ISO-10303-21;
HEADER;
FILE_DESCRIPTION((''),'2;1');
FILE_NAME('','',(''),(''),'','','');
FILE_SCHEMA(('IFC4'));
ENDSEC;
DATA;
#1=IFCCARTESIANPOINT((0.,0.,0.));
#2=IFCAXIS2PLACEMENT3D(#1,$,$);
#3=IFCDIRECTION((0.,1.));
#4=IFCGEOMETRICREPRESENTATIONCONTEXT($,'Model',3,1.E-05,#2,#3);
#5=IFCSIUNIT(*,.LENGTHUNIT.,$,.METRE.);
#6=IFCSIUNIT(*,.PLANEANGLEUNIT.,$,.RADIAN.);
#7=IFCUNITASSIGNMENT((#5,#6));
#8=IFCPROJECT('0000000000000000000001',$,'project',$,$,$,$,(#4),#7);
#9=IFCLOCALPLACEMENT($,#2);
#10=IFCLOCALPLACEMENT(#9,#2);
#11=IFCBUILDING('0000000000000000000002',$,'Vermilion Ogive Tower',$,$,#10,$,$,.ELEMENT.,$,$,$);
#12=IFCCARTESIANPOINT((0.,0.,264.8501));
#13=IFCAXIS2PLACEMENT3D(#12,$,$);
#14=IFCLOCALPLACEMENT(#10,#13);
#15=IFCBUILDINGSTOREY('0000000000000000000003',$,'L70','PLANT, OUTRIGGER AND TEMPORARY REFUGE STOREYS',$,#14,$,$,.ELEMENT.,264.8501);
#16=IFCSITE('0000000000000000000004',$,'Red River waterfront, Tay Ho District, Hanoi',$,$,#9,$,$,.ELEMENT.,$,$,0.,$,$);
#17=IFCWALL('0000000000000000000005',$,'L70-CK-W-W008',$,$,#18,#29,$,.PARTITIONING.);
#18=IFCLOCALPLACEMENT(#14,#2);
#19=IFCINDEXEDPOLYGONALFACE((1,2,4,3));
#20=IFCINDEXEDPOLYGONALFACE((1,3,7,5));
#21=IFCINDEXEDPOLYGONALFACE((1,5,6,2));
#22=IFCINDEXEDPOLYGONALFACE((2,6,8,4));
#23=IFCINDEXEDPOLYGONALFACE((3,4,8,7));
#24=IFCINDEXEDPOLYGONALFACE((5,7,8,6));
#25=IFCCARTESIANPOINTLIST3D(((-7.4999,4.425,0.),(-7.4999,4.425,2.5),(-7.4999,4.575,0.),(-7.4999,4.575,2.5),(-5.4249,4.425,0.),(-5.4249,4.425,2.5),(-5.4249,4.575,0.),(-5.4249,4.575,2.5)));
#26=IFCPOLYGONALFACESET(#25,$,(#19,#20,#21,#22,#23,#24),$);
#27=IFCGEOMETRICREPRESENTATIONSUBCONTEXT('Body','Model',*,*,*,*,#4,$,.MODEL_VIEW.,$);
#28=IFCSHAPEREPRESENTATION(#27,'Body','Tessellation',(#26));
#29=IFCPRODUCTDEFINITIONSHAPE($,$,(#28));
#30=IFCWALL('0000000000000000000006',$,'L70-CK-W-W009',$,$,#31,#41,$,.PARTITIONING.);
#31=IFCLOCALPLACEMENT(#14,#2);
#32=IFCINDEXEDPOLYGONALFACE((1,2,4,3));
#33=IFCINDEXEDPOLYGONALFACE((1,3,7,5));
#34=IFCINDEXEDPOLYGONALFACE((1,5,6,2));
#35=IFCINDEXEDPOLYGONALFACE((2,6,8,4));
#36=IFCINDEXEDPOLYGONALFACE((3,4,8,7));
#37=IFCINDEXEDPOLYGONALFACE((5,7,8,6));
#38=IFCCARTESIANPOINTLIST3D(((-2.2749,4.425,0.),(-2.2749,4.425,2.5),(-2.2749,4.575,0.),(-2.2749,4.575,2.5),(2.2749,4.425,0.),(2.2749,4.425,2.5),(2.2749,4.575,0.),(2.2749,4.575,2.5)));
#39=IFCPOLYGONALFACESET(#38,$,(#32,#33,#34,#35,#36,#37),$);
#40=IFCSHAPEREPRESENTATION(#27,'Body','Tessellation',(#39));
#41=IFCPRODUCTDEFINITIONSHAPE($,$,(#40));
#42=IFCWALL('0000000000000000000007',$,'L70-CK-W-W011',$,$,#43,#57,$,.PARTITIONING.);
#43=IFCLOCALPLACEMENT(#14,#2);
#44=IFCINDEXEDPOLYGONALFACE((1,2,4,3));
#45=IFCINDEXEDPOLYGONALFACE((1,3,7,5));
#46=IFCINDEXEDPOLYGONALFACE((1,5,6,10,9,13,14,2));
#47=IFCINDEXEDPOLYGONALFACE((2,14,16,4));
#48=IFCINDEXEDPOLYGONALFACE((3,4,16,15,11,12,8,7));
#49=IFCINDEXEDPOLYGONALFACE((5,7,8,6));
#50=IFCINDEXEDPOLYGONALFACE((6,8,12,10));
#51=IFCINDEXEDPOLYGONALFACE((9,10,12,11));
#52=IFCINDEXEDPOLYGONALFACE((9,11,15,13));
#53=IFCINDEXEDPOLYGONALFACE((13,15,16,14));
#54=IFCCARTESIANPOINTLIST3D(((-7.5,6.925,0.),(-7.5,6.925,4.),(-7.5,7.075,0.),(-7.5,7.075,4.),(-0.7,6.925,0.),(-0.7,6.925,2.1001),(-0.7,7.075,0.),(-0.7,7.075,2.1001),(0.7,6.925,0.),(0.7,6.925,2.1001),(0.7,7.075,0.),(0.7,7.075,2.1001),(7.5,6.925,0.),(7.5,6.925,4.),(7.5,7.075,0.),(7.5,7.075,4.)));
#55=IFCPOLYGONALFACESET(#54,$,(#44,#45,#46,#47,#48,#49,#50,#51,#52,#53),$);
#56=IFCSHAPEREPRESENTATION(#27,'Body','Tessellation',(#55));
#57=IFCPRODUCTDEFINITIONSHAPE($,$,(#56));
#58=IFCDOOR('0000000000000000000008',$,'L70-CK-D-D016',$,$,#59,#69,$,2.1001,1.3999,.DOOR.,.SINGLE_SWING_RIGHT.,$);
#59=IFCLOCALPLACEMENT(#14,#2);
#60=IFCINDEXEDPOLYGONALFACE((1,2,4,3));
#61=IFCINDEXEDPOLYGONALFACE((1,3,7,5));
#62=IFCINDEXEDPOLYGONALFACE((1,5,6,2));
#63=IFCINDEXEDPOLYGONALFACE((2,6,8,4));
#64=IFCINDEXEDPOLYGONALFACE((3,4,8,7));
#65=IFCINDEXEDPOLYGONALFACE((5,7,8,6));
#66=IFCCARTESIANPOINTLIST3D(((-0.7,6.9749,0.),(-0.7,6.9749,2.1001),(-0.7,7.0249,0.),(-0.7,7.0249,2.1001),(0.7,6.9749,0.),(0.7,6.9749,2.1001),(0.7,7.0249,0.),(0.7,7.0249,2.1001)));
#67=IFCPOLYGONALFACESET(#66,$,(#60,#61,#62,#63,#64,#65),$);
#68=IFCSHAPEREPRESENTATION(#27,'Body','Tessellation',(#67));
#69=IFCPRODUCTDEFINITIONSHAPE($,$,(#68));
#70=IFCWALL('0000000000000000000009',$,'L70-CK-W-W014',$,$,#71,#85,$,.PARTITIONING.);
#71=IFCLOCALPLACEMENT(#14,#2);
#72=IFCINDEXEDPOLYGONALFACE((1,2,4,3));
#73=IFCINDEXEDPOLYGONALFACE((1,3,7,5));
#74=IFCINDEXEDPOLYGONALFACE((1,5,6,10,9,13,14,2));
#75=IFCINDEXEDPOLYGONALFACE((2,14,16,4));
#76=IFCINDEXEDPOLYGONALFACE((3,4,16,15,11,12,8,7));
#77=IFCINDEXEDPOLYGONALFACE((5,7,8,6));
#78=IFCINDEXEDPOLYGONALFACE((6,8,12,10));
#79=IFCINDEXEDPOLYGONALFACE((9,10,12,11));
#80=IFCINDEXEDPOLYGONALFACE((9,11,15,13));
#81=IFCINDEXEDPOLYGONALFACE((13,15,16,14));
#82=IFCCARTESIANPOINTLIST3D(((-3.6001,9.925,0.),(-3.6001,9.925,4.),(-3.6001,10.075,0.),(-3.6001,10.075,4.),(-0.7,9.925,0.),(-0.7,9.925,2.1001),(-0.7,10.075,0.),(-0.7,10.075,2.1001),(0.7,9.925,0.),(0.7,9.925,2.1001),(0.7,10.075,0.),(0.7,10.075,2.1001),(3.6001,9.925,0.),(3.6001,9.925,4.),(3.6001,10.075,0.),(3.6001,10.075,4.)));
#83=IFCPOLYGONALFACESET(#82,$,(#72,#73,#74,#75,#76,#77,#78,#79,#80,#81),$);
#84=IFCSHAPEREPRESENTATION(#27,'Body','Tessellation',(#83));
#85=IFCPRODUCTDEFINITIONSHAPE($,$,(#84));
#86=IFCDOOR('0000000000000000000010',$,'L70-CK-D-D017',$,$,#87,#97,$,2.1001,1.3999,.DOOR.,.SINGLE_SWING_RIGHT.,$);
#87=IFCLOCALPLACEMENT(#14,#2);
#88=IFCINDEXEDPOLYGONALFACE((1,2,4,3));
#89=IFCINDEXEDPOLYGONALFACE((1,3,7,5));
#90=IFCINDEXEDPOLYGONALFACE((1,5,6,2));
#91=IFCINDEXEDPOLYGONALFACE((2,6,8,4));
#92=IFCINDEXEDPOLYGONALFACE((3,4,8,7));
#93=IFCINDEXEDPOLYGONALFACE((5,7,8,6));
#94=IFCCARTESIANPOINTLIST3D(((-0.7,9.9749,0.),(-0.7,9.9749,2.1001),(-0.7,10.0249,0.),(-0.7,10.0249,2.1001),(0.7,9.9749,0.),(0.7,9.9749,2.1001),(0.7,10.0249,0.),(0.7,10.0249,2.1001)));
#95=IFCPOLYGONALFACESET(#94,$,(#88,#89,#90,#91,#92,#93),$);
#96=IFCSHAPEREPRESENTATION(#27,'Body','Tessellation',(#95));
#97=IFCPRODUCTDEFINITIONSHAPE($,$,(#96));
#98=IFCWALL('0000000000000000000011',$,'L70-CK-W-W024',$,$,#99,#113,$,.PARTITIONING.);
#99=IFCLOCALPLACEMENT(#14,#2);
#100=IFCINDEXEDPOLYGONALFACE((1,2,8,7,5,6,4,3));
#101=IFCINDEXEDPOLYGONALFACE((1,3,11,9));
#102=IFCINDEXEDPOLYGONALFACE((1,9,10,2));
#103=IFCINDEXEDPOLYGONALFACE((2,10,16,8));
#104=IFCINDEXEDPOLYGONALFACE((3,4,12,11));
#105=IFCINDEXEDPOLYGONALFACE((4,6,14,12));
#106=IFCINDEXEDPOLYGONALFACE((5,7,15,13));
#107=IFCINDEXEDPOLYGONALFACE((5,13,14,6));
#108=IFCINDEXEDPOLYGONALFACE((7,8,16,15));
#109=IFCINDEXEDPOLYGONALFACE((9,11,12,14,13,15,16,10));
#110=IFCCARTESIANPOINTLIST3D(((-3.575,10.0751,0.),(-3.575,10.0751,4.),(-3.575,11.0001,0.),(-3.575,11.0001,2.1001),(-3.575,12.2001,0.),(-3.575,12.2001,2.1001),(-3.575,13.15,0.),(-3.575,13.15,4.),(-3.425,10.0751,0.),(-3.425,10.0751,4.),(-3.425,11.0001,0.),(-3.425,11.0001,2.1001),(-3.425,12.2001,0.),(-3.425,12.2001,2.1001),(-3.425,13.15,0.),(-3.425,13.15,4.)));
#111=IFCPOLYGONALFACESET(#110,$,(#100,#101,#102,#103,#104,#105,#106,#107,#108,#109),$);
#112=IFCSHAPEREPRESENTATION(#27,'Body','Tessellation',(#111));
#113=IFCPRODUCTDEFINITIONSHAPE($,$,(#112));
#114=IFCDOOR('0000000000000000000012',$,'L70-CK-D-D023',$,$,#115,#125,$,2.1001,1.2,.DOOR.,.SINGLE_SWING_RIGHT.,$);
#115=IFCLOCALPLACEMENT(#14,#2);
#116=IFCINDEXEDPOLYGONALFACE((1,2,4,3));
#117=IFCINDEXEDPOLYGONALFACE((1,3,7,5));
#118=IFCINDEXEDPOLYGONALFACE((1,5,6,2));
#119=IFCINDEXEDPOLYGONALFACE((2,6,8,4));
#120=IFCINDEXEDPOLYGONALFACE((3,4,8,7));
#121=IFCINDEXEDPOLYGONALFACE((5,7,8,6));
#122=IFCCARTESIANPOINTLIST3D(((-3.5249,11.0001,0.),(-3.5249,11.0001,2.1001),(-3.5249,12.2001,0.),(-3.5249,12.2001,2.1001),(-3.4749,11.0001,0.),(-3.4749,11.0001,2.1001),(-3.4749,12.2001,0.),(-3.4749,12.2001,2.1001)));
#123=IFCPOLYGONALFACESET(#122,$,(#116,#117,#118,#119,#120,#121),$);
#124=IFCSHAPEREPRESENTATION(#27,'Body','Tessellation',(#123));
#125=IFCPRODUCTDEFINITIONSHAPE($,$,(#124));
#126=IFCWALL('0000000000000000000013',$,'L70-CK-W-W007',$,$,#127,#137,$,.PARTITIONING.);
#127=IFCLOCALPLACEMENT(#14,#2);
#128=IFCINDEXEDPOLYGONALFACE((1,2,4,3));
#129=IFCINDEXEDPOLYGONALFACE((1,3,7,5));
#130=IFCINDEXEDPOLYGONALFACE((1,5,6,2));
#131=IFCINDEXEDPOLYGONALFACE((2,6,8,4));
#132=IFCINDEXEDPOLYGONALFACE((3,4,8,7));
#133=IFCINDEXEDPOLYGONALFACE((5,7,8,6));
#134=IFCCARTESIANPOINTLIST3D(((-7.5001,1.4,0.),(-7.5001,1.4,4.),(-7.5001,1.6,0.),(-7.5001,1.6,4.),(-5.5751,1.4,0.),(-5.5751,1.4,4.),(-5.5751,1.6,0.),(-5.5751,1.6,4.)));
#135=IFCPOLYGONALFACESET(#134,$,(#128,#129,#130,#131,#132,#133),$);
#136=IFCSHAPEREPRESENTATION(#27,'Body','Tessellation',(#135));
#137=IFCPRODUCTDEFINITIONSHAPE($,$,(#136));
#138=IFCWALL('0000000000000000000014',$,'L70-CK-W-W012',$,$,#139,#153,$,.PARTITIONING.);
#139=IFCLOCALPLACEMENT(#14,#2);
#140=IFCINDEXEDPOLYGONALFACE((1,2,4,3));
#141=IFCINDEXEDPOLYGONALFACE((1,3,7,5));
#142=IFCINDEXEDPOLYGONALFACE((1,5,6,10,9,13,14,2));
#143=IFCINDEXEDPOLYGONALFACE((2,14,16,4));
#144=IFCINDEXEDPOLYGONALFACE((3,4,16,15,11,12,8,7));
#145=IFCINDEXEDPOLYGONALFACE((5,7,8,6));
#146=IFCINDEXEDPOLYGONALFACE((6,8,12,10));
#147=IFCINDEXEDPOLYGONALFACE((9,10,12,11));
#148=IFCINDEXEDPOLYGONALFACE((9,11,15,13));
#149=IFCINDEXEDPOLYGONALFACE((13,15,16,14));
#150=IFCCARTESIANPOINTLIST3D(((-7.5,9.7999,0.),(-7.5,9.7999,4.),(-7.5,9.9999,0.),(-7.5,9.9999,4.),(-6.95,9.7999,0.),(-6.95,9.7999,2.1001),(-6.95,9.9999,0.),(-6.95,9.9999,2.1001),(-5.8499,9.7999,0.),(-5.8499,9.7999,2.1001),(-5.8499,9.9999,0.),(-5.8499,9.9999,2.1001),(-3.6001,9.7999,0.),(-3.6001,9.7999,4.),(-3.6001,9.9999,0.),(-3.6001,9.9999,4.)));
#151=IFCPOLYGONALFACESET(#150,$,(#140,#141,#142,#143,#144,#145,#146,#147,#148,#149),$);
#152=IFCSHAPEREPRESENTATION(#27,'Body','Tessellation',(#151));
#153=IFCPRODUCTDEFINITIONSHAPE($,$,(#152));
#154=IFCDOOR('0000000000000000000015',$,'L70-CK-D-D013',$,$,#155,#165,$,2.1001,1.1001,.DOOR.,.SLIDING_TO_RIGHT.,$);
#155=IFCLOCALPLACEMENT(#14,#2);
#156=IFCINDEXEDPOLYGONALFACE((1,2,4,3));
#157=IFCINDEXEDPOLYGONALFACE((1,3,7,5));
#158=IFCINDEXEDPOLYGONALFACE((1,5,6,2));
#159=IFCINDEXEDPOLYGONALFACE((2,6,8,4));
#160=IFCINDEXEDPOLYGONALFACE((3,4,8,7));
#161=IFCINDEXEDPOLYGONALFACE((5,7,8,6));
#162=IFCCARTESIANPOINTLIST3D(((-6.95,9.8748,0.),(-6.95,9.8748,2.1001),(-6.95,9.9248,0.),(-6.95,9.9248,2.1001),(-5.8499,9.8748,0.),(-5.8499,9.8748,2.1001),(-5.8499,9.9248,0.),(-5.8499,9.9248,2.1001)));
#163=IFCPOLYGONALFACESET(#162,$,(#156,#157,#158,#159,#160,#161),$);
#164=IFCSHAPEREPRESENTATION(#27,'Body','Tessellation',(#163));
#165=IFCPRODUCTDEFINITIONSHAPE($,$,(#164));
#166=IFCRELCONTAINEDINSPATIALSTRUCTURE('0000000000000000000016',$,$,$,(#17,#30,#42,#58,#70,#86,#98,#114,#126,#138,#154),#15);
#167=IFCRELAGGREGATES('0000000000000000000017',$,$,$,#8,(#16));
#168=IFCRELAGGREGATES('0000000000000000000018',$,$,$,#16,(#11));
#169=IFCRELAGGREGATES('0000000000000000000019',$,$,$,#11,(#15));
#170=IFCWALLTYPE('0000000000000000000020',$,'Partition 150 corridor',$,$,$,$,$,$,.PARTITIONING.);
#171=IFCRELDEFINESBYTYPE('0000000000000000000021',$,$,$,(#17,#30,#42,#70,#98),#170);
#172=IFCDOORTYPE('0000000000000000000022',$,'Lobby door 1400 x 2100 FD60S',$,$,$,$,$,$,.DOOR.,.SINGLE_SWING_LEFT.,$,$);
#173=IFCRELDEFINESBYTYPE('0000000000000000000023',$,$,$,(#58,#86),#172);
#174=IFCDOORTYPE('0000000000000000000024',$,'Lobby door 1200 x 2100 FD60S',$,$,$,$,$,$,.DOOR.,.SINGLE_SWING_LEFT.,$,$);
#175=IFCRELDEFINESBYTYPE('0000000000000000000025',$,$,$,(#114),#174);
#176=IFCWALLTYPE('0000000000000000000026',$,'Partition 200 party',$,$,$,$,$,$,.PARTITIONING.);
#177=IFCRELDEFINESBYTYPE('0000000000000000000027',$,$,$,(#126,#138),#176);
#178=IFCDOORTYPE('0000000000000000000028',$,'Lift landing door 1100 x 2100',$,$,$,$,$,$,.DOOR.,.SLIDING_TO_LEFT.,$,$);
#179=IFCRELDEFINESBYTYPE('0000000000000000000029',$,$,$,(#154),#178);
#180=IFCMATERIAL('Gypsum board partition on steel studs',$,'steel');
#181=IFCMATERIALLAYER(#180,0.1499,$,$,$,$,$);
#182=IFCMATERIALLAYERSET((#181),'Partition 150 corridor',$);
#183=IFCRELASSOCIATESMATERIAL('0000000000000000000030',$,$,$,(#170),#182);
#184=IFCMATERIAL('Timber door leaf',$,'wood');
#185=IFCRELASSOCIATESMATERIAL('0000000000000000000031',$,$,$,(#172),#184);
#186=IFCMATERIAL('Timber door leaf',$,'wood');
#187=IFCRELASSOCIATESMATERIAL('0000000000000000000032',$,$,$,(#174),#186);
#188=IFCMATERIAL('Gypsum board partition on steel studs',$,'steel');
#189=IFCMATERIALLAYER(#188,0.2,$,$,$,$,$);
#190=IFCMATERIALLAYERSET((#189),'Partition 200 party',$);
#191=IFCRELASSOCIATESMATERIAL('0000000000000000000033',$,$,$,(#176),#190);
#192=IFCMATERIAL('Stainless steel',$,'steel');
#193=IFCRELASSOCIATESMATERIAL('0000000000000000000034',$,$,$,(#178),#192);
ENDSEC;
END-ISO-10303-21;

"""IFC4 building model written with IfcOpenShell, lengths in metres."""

from ifc_helpers import new_model, si_unit, direction, frame, frame_2d, origin, place, context, subcontext, project, spatial, rectangle, extrude, material, layer, layer_set, type_object, element, fill, save


model = new_model("IFC4")

# Units and contexts
model_context = context("Model", 3, precision=1e-05, world=origin(), true_north=direction((0.0, 1.0)))
body_context = subcontext(model_context, "Body", "Model", "MODEL_VIEW")
ifc_project = project(units=[si_unit("LENGTHUNIT", "METRE"), si_unit("PLANEANGLEUNIT", "RADIAN")], contexts=[model_context])

# Site, building, storey
site_placement = place(None, origin())
site = spatial("IfcSite", under=ifc_project, at=site_placement, Name="Red River waterfront, Tay Ho District, Hanoi", CompositionType="ELEMENT", RefElevation=0.0)
building_placement = place(site_placement, origin())
building = spatial("IfcBuilding", under=site, at=building_placement, Name="Vermilion Ogive Tower", CompositionType="ELEMENT")
storey_placement = place(building_placement, frame((0.0, 0.0, 264.8501)))
storey = spatial("IfcBuildingStorey", under=building, at=storey_placement, Name="L70", Description="PLANT, OUTRIGGER AND TEMPORARY REFUGE STOREYS", CompositionType="ELEMENT", Elevation=264.8501)

# Walls
ifc_material_1 = material(Name="Gypsum board partition on steel studs", Category="steel")
ifc_layer_1 = layer(ifc_material_1, 0.1499)
ifc_layer_set_1 = layer_set([ifc_layer_1], Name="Partition 150 corridor")
wall_type_1 = type_object("IfcWallType", Name="Partition 150 corridor", PredefinedType="PARTITIONING", material=ifc_layer_set_1)
wall_1_placement = place(storey_placement, frame((-7.5, 4.5, 0.0), z_axis=(0.0, 0.0, 1.0), x_axis=(1.0, 0.0, 0.0)))
element("IfcWall", 1, at=wall_1_placement, inside=storey, type_object=wall_type_1, Name="L70-CK-W-W008", PredefinedType="PARTITIONING", context=body_context, shape_type="SweptSolid", body=[
    extrude(rectangle(XDim=2.075, YDim=0.1499, at=frame_2d((1.0376, 0.0))), origin(), (0.0, 0.0, 1.0), 2.5),
])
wall_2_placement = place(storey_placement, frame((-2.2749, 4.5, 0.0), z_axis=(0.0, 0.0, 1.0), x_axis=(1.0, 0.0, 0.0)))
element("IfcWall", 2, at=wall_2_placement, inside=storey, type_object=wall_type_1, Name="L70-CK-W-W009", PredefinedType="PARTITIONING", context=body_context, shape_type="SweptSolid", body=[
    extrude(rectangle(XDim=4.5498, YDim=0.1499, at=frame_2d((2.2749, 0.0))), origin(), (0.0, 0.0, 1.0), 2.5),
])

# Walls, openings, doors
wall_3_placement = place(storey_placement, frame((-7.5, 7.0, 0.0), z_axis=(0.0, 0.0, 1.0), x_axis=(1.0, 0.0, 0.0)))
wall_3 = element("IfcWall", 3, at=wall_3_placement, inside=storey, type_object=wall_type_1, Name="L70-CK-W-W011", PredefinedType="PARTITIONING", context=body_context, shape_type="SweptSolid", body=[
    extrude(rectangle(XDim=15.0, YDim=0.1499, at=frame_2d((7.5, 0.0))), origin(), (0.0, 0.0, 1.0), 4.0),
])
opening_1_placement = place(wall_3_placement, frame((6.8, 0.0, 0.0)))
opening_1 = element("IfcOpeningElement", 4, at=opening_1_placement, cuts=wall_3, PredefinedType="OPENING", context=body_context, shape_type="SweptSolid", body=[
    extrude(rectangle(XDim=1.3999, YDim=2.1001, at=frame_2d((0.7, 1.05))), frame((0.0, 0.085, 0.0), z_axis=(0.0, -1.0, 0.0), x_axis=(1.0, 0.0, 0.0)), (0.0, 0.0, 1.0), 0.1699),
])
ifc_material_2 = material(Name="Timber door leaf", Category="wood")
door_type_1 = type_object("IfcDoorType", Name="Lobby door 1400 x 2100 FD60S", OperationType="SINGLE_SWING_LEFT", PredefinedType="DOOR", material=ifc_material_2)
door_1_placement = place(opening_1_placement, origin())
door_1 = element("IfcDoor", 5, at=door_1_placement, inside=storey, type_object=door_type_1, Name="L70-CK-D-D016", OperationType="SINGLE_SWING_RIGHT", OverallHeight=2.1001, OverallWidth=1.3999, PredefinedType="DOOR", context=body_context, shape_type="SweptSolid", body=[
    extrude(rectangle(XDim=1.3999, YDim=2.1001, at=frame_2d((0.7, 1.05))), frame((0.0, 0.0249, 0.0), z_axis=(0.0, -1.0, 0.0), x_axis=(1.0, 0.0, 0.0)), (0.0, 0.0, 1.0), 0.05),
])
fill(opening_1, door_1)
wall_4_placement = place(storey_placement, frame((-3.6001, 10.0, 0.0), z_axis=(0.0, 0.0, 1.0), x_axis=(1.0, 0.0, 0.0)))
wall_4 = element("IfcWall", 6, at=wall_4_placement, inside=storey, type_object=wall_type_1, Name="L70-CK-W-W014", PredefinedType="PARTITIONING", context=body_context, shape_type="SweptSolid", body=[
    extrude(rectangle(XDim=7.2002, YDim=0.1499, at=frame_2d((3.6001, 0.0))), origin(), (0.0, 0.0, 1.0), 4.0),
])
opening_2_placement = place(wall_4_placement, frame((2.9001, 0.0, 0.0)))
opening_2 = element("IfcOpeningElement", 7, at=opening_2_placement, cuts=wall_4, PredefinedType="OPENING", context=body_context, shape_type="SweptSolid", body=[
    extrude(rectangle(XDim=1.3999, YDim=2.1001, at=frame_2d((0.7, 1.05))), frame((0.0, 0.085, 0.0), z_axis=(0.0, -1.0, 0.0), x_axis=(1.0, 0.0, 0.0)), (0.0, 0.0, 1.0), 0.1699),
])
door_2_placement = place(opening_2_placement, origin())
door_2 = element("IfcDoor", 8, at=door_2_placement, inside=storey, type_object=door_type_1, Name="L70-CK-D-D017", OperationType="SINGLE_SWING_RIGHT", OverallHeight=2.1001, OverallWidth=1.3999, PredefinedType="DOOR", context=body_context, shape_type="SweptSolid", body=[
    extrude(rectangle(XDim=1.3999, YDim=2.1001, at=frame_2d((0.7, 1.05))), frame((0.0, 0.0249, 0.0), z_axis=(0.0, -1.0, 0.0), x_axis=(1.0, 0.0, 0.0)), (0.0, 0.0, 1.0), 0.05),
])
fill(opening_2, door_2)
wall_5_placement = place(storey_placement, frame((-3.5, 10.075, 0.0), z_axis=(0.0, 0.0, 1.0), x_axis=(0.0, 1.0, 0.0)))
wall_5 = element("IfcWall", 9, at=wall_5_placement, inside=storey, type_object=wall_type_1, Name="L70-CK-W-W024", PredefinedType="PARTITIONING", context=body_context, shape_type="SweptSolid", body=[
    extrude(rectangle(XDim=3.075, YDim=0.1499, at=frame_2d((1.5376, 0.0))), origin(), (0.0, 0.0, 1.0), 4.0),
])
opening_3_placement = place(wall_5_placement, frame((0.925, 0.0, 0.0)))
opening_3 = element("IfcOpeningElement", 10, at=opening_3_placement, cuts=wall_5, PredefinedType="OPENING", context=body_context, shape_type="SweptSolid", body=[
    extrude(rectangle(XDim=1.2, YDim=2.1001, at=frame_2d((0.6001, 1.05))), frame((0.0, 0.085, 0.0), z_axis=(0.0, -1.0, 0.0), x_axis=(1.0, 0.0, 0.0)), (0.0, 0.0, 1.0), 0.1699),
])
ifc_material_3 = material(Name="Timber door leaf", Category="wood")
door_type_2 = type_object("IfcDoorType", Name="Lobby door 1200 x 2100 FD60S", OperationType="SINGLE_SWING_LEFT", PredefinedType="DOOR", material=ifc_material_3)
door_3_placement = place(opening_3_placement, origin())
door_3 = element("IfcDoor", 11, at=door_3_placement, inside=storey, type_object=door_type_2, Name="L70-CK-D-D023", OperationType="SINGLE_SWING_RIGHT", OverallHeight=2.1001, OverallWidth=1.2, PredefinedType="DOOR", context=body_context, shape_type="SweptSolid", body=[
    extrude(rectangle(XDim=1.2, YDim=2.1001, at=frame_2d((0.6001, 1.05))), frame((0.0, 0.0249, 0.0), z_axis=(0.0, -1.0, 0.0), x_axis=(1.0, 0.0, 0.0)), (0.0, 0.0, 1.0), 0.05),
])
fill(opening_3, door_3)

# Wall
ifc_material_4 = material(Name="Gypsum board partition on steel studs", Category="steel")
ifc_layer_2 = layer(ifc_material_4, 0.2)
ifc_layer_set_2 = layer_set([ifc_layer_2], Name="Partition 200 party")
wall_type_2 = type_object("IfcWallType", Name="Partition 200 party", PredefinedType="PARTITIONING", material=ifc_layer_set_2)
wall_6_placement = place(storey_placement, frame((-7.5, 1.5, 0.0), z_axis=(0.0, 0.0, 1.0), x_axis=(1.0, 0.0, 0.0)))
element("IfcWall", 12, at=wall_6_placement, inside=storey, type_object=wall_type_2, Name="L70-CK-W-W007", PredefinedType="PARTITIONING", context=body_context, shape_type="SweptSolid", body=[
    extrude(rectangle(XDim=1.925, YDim=0.2, at=frame_2d((0.9624, 0.0))), origin(), (0.0, 0.0, 1.0), 4.0),
])

# Wall, opening, door
wall_7_placement = place(storey_placement, frame((-7.5, 9.8999, 0.0), z_axis=(0.0, 0.0, 1.0), x_axis=(1.0, 0.0, 0.0)))
wall_7 = element("IfcWall", 13, at=wall_7_placement, inside=storey, type_object=wall_type_2, Name="L70-CK-W-W012", PredefinedType="PARTITIONING", context=body_context, shape_type="SweptSolid", body=[
    extrude(rectangle(XDim=3.8999, YDim=0.2, at=frame_2d((1.95, 0.0))), origin(), (0.0, 0.0, 1.0), 4.0),
])
opening_4_placement = place(wall_7_placement, frame((0.55, 0.0, 0.0)))
opening_4 = element("IfcOpeningElement", 14, at=opening_4_placement, cuts=wall_7, PredefinedType="OPENING", context=body_context, shape_type="SweptSolid", body=[
    extrude(rectangle(XDim=1.1001, YDim=2.1001, at=frame_2d((0.55, 1.05))), frame((0.0, 0.1099, 0.0), z_axis=(0.0, -1.0, 0.0), x_axis=(1.0, 0.0, 0.0)), (0.0, 0.0, 1.0), 0.22),
])
ifc_material_5 = material(Name="Stainless steel", Category="steel")
door_type_3 = type_object("IfcDoorType", Name="Lift landing door 1100 x 2100", OperationType="SLIDING_TO_LEFT", PredefinedType="DOOR", material=ifc_material_5)
door_4_placement = place(opening_4_placement, origin())
door_4 = element("IfcDoor", 15, at=door_4_placement, inside=storey, type_object=door_type_3, Name="L70-CK-D-D013", OperationType="SLIDING_TO_RIGHT", OverallHeight=2.1001, OverallWidth=1.1001, PredefinedType="DOOR", context=body_context, shape_type="SweptSolid", body=[
    extrude(rectangle(XDim=1.1001, YDim=2.1001, at=frame_2d((0.55, 1.05))), frame((0.0, 0.0249, 0.0), z_axis=(0.0, -1.0, 0.0), x_axis=(1.0, 0.0, 0.0)), (0.0, 0.0, 1.0), 0.05),
])
fill(opening_4, door_4)

save(model, "model.ifc")
